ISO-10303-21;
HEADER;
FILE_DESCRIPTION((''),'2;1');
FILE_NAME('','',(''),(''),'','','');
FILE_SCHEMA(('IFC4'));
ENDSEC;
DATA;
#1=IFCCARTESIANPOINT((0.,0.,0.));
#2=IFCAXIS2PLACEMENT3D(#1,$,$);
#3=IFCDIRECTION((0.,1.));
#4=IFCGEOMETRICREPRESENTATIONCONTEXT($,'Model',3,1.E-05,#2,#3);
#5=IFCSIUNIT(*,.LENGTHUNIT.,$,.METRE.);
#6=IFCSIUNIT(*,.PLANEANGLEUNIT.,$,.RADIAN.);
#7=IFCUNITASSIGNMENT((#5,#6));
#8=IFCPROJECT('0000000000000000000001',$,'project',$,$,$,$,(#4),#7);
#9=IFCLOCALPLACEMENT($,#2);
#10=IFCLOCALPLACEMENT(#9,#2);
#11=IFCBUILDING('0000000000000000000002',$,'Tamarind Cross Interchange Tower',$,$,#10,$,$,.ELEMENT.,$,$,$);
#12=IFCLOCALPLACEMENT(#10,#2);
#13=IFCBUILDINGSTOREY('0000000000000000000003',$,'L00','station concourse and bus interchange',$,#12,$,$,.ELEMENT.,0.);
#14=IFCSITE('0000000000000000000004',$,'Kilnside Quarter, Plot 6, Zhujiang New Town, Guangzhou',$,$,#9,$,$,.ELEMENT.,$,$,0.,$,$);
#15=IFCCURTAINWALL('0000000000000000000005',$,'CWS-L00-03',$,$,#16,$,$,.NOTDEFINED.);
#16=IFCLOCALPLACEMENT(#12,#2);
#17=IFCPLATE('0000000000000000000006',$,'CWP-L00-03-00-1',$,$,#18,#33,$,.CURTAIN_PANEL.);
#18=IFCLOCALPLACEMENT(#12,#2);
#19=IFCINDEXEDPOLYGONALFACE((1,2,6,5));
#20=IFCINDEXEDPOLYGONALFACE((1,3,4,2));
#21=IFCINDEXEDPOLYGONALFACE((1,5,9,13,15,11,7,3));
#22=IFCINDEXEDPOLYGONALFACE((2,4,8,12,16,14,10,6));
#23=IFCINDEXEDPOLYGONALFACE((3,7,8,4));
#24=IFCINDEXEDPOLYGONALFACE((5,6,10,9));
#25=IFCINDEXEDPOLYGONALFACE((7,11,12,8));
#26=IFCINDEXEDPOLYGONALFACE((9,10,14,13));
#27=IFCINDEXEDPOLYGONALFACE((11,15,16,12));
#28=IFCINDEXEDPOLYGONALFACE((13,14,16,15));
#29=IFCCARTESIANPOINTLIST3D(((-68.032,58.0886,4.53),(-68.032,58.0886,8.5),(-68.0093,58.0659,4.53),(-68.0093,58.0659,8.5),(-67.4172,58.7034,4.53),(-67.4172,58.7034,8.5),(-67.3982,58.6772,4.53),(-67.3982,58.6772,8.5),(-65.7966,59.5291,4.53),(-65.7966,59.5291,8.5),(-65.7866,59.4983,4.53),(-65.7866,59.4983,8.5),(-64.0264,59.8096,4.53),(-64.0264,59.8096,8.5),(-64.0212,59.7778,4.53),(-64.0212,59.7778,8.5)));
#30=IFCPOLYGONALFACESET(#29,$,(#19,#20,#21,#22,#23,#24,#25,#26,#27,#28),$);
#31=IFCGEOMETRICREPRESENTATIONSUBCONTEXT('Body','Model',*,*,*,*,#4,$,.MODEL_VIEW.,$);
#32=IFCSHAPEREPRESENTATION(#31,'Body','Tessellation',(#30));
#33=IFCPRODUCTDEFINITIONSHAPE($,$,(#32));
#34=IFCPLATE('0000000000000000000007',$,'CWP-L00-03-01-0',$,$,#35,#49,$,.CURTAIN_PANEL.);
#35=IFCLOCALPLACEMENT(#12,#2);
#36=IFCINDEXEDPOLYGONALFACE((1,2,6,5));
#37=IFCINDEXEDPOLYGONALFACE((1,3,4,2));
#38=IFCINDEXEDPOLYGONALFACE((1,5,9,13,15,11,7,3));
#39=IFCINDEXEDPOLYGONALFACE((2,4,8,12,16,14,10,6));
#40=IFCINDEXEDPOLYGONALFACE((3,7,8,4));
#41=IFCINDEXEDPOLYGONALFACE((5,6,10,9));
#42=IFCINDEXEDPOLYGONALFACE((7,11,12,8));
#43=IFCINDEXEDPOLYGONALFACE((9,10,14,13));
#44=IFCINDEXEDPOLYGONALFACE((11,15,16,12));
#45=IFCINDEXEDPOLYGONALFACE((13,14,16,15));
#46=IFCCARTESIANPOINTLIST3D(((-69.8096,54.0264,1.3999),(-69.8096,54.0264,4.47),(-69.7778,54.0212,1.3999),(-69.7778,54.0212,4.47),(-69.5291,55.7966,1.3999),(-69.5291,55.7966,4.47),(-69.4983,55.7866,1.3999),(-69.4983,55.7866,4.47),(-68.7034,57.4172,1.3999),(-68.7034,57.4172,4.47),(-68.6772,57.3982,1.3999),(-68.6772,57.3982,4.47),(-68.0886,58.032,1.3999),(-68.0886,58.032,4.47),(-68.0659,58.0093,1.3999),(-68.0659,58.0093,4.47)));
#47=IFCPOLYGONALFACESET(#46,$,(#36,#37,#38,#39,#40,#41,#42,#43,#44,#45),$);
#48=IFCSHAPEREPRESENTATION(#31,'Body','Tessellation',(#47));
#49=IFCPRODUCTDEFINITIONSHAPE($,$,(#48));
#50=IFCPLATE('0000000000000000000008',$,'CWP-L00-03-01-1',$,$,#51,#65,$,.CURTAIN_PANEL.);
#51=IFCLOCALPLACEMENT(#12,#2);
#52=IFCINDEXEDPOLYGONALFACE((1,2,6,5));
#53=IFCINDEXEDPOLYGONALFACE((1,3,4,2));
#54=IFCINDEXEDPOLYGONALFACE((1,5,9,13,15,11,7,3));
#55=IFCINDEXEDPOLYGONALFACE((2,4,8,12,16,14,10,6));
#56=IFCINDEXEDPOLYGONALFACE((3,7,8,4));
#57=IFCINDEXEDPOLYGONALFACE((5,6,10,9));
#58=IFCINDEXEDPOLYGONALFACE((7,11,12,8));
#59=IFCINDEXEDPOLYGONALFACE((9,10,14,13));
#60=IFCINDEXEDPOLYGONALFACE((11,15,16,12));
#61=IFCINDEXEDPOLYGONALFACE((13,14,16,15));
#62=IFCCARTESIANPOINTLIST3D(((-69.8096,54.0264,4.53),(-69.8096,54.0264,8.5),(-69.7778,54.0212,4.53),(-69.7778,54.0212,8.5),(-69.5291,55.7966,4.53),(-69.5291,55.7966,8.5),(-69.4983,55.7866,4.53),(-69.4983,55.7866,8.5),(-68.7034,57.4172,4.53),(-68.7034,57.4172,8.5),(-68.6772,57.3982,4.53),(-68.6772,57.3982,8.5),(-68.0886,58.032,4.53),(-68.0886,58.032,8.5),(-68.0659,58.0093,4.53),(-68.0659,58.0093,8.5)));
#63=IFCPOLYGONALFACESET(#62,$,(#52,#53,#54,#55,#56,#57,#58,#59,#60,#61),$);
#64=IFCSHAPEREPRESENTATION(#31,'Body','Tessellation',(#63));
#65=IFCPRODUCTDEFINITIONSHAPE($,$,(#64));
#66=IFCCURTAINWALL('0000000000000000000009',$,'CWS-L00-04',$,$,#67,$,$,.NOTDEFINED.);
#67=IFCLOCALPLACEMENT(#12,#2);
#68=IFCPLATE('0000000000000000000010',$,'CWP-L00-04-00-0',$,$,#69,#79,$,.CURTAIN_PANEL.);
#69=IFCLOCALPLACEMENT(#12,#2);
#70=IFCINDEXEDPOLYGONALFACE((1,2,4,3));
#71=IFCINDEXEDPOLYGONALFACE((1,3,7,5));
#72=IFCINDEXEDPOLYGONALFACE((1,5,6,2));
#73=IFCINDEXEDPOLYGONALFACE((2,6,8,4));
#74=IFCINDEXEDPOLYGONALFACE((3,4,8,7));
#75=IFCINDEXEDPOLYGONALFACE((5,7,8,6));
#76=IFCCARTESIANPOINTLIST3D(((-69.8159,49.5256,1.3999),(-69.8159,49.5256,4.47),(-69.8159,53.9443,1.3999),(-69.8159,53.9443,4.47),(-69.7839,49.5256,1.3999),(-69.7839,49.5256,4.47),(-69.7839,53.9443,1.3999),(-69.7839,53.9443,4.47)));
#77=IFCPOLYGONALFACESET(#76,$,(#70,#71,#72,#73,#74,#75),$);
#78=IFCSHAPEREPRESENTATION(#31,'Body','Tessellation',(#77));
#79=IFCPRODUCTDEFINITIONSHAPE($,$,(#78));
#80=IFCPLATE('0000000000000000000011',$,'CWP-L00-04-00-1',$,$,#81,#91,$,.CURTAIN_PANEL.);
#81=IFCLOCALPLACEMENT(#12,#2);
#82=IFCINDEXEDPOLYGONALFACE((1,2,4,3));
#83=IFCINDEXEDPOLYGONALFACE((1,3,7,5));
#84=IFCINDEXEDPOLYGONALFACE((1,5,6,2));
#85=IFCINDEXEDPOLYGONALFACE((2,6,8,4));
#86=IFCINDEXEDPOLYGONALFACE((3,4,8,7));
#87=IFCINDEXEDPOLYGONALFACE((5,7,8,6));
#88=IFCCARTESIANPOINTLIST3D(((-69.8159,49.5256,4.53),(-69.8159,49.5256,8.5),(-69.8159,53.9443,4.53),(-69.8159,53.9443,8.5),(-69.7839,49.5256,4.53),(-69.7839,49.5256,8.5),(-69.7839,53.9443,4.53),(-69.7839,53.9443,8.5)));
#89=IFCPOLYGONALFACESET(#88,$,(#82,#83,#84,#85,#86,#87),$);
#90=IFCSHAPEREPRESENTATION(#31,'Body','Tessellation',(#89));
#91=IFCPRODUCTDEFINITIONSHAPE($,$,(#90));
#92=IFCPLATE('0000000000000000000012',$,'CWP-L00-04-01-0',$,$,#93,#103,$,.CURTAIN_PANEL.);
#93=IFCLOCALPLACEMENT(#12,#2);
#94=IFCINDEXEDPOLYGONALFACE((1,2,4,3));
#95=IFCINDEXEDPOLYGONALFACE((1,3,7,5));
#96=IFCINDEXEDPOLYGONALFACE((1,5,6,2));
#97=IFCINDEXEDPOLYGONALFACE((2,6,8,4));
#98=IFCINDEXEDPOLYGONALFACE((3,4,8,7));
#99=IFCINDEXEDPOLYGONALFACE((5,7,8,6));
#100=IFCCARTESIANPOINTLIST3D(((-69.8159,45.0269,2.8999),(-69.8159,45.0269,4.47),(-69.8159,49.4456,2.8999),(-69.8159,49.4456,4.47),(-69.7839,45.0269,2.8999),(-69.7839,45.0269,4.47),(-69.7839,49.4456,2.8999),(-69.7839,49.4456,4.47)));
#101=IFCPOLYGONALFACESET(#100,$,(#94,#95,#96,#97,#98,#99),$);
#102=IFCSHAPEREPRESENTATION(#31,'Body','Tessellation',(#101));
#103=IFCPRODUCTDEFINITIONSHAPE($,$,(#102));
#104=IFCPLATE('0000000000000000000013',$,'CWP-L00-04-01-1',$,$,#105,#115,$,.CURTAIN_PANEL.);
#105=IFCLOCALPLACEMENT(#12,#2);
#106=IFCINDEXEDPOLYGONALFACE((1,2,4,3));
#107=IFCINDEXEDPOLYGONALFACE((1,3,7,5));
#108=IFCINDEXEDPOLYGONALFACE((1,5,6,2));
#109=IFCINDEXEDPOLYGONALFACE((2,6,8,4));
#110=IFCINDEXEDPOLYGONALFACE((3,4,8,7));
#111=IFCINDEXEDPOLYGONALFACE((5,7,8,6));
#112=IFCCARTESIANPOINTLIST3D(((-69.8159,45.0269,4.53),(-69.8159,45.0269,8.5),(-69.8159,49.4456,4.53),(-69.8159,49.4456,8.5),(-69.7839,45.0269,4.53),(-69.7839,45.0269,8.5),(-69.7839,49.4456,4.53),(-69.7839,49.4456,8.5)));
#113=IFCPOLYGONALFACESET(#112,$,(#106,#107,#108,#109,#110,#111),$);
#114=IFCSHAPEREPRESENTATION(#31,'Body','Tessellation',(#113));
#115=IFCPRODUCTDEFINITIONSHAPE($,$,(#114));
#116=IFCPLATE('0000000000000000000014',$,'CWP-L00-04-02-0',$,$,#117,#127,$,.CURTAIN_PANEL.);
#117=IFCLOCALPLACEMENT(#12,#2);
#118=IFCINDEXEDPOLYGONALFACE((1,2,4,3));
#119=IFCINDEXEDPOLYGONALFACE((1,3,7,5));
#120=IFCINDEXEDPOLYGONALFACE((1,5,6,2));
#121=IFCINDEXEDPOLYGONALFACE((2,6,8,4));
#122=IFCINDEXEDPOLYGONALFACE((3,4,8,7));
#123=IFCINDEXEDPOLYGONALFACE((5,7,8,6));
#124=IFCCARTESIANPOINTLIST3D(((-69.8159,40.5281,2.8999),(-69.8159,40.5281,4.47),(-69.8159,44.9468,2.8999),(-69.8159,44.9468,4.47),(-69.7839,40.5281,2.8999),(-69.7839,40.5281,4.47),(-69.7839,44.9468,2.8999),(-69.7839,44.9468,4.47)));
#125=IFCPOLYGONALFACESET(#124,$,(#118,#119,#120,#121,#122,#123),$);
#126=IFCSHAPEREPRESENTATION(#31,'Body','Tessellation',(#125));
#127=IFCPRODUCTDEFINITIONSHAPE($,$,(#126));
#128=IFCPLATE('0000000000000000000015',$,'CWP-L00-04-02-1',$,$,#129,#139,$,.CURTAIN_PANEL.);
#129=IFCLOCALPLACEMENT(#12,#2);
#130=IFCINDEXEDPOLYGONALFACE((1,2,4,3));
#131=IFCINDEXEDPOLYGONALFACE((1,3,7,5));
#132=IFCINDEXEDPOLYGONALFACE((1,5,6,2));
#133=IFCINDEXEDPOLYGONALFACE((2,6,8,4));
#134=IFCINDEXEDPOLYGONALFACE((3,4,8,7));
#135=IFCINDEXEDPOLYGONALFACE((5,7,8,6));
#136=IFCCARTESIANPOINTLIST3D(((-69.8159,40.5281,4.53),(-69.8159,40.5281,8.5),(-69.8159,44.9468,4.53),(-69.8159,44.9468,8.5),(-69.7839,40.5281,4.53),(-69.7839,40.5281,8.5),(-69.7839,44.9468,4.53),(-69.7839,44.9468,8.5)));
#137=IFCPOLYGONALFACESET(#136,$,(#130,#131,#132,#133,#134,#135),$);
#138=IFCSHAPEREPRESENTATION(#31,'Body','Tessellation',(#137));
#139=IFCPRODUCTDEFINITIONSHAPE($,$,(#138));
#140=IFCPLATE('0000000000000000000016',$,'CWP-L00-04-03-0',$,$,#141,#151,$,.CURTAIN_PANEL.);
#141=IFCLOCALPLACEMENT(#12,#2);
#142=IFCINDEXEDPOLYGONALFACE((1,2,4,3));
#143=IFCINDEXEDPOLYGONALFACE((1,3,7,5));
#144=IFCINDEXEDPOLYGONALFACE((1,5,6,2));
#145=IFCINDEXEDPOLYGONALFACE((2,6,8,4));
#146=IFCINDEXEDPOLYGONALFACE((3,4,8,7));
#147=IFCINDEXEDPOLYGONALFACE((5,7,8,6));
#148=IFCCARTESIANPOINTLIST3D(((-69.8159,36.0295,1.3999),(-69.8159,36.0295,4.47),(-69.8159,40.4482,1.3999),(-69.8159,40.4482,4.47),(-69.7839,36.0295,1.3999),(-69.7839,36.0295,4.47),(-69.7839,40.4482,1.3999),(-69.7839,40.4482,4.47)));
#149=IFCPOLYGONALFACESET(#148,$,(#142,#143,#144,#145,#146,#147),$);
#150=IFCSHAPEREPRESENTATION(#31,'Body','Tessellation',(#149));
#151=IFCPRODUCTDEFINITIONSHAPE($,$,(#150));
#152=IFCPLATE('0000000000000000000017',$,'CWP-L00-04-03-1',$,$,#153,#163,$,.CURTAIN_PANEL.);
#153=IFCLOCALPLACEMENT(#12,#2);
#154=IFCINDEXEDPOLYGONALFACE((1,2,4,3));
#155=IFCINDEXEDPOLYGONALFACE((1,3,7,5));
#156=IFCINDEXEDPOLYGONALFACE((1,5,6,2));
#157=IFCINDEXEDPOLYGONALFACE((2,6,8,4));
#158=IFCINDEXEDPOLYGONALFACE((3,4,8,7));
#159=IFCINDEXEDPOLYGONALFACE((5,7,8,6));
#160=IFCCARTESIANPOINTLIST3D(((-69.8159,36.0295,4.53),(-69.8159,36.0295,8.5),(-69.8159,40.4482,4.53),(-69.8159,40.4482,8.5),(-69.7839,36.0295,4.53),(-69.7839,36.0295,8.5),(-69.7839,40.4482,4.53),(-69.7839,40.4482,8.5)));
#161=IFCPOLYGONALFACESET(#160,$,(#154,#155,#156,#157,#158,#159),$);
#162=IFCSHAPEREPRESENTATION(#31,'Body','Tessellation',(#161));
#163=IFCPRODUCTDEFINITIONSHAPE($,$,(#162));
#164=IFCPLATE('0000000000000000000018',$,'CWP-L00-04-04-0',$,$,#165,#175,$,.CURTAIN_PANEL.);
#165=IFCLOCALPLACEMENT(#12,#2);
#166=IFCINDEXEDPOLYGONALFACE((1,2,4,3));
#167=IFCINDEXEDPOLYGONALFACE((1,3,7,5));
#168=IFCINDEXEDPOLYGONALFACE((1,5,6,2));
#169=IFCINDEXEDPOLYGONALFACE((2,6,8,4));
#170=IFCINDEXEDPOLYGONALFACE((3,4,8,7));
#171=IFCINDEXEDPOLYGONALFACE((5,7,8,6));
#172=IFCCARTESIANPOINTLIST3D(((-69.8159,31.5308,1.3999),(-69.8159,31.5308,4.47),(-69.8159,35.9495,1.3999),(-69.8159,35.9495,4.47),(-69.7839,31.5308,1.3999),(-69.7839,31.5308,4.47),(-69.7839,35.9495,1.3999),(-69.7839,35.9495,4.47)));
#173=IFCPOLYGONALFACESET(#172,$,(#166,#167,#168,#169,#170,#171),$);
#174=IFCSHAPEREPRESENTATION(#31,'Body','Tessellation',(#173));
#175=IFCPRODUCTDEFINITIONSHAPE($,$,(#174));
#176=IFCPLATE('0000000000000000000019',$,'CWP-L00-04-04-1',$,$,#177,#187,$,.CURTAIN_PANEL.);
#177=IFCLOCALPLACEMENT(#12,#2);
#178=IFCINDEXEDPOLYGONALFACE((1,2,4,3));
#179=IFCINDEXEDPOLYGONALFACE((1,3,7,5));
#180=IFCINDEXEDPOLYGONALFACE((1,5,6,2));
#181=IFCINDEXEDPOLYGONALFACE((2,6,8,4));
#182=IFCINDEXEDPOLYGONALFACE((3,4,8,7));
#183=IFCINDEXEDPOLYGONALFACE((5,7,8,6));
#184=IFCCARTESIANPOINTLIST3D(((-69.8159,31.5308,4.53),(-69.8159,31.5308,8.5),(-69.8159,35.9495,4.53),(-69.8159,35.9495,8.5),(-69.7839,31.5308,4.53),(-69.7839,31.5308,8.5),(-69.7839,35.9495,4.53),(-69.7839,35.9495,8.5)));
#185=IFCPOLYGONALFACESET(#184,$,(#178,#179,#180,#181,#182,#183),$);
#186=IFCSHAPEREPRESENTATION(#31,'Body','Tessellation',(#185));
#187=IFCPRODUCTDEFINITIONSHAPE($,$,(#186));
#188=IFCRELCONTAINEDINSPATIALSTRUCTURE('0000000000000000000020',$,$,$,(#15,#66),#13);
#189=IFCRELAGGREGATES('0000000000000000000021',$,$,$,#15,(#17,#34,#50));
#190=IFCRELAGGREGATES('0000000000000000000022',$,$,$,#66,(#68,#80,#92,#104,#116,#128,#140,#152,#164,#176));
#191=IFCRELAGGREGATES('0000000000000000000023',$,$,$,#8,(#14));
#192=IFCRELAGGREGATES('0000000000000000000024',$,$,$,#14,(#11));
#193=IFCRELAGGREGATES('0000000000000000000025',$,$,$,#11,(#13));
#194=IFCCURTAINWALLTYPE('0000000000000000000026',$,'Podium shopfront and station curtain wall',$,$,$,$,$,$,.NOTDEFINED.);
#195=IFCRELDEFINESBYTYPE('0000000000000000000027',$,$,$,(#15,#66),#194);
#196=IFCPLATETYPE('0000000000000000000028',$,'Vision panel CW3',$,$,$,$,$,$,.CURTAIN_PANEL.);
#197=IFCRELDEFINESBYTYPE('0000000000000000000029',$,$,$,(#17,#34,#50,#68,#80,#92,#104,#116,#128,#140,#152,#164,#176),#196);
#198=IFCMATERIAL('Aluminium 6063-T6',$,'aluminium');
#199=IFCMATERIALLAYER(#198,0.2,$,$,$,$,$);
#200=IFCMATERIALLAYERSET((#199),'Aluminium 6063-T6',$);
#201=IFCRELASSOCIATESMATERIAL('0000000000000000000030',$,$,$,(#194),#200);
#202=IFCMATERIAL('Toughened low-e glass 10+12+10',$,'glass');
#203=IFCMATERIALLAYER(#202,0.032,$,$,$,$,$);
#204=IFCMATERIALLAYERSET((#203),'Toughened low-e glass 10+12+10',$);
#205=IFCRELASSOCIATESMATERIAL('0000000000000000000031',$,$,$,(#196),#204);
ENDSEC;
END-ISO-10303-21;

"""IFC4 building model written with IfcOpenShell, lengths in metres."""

from ifc_helpers import new_model, si_unit, direction, frame, origin, place, context, subcontext, project, spatial, polyline, outline, extrude, material, layer, layer_set, type_object, element, aggregate, save


model = new_model("IFC4")

# Units and contexts
model_context = context("Model", 3, precision=1e-05, world=origin(), true_north=direction((0.0, 1.0)))
body_context = subcontext(model_context, "Body", "Model", "MODEL_VIEW")
ifc_project = project(units=[si_unit("LENGTHUNIT", "METRE"), si_unit("PLANEANGLEUNIT", "RADIAN")], contexts=[model_context])

# Site, building, storey
site_placement = place(None, origin())
site = spatial("IfcSite", under=ifc_project, at=site_placement, Name="Kilnside Quarter, Plot 6, Zhujiang New Town, Guangzhou", CompositionType="ELEMENT", RefElevation=0.0)
building_placement = place(site_placement, origin())
building = spatial("IfcBuilding", under=site, at=building_placement, Name="Tamarind Cross Interchange Tower", CompositionType="ELEMENT")
storey_placement = place(building_placement, origin())
storey = spatial("IfcBuildingStorey", under=building, at=storey_placement, Name="L00", Description="station concourse and bus interchange", CompositionType="ELEMENT", Elevation=0.0)

# Shared definitions
ifc_material_1 = material(Name="Aluminium 6063-T6", Category="aluminium")
ifc_layer_1 = layer(ifc_material_1, 0.2)
ifc_layer_set_1 = layer_set([ifc_layer_1], Name="Aluminium 6063-T6")
curtain_wall_type = type_object("IfcCurtainWallType", Name="Podium shopfront and station curtain wall", PredefinedType="NOTDEFINED", material=ifc_layer_set_1)

# Curtain wall
curtain_wall_1_placement = place(storey_placement, origin())
curtain_wall_1 = element("IfcCurtainWall", 1, at=curtain_wall_1_placement, inside=storey, type_object=curtain_wall_type, Name="CWS-L00-03", PredefinedType="NOTDEFINED")

# Plates
ifc_material_2 = material(Name="Toughened low-e glass 10+12+10", Category="glass")
ifc_layer_2 = layer(ifc_material_2, 0.032)
ifc_layer_set_2 = layer_set([ifc_layer_2], Name="Toughened low-e glass 10+12+10")
plate_type = type_object("IfcPlateType", Name="Vision panel CW3", PredefinedType="CURTAIN_PANEL", material=ifc_layer_set_2)
plate_1_placement = place(storey_placement, frame((0.0, 0.0, 4.53)))
plate_1 = element("IfcPlate", 2, at=plate_1_placement, type_object=plate_type, Name="CWP-L00-03-00-1", PredefinedType="CURTAIN_PANEL", context=body_context, shape_type="SweptSolid", body=[
    extrude(outline(polyline([(-64.0212, 59.7778), (-65.7866, 59.4983), (-67.3982, 58.6772), (-68.0093, 58.0659), (-68.032, 58.0886), (-67.4172, 58.7034), (-65.7966, 59.5291), (-64.0264, 59.8096), (-64.0212, 59.7778)])), origin(), (0.0, 0.0, 1.0), 3.97),
])
plate_2_placement = place(storey_placement, frame((0.0, 0.0, 1.3999)))
plate_2 = element("IfcPlate", 3, at=plate_2_placement, type_object=plate_type, Name="CWP-L00-03-01-0", PredefinedType="CURTAIN_PANEL", context=body_context, shape_type="SweptSolid", body=[
    extrude(outline(polyline([(-68.0659, 58.0093), (-68.6772, 57.3982), (-69.4983, 55.7866), (-69.7778, 54.0212), (-69.8096, 54.0264), (-69.5291, 55.7966), (-68.7034, 57.4172), (-68.0886, 58.032), (-68.0659, 58.0093)])), origin(), (0.0, 0.0, 1.0), 3.0701),
])
plate_3_placement = place(storey_placement, frame((0.0, 0.0, 4.53)))
plate_3 = element("IfcPlate", 4, at=plate_3_placement, type_object=plate_type, Name="CWP-L00-03-01-1", PredefinedType="CURTAIN_PANEL", context=body_context, shape_type="SweptSolid", body=[
    extrude(outline(polyline([(-68.0659, 58.0093), (-68.6772, 57.3982), (-69.4983, 55.7866), (-69.7778, 54.0212), (-69.8096, 54.0264), (-69.5291, 55.7966), (-68.7034, 57.4172), (-68.0886, 58.032), (-68.0659, 58.0093)])), origin(), (0.0, 0.0, 1.0), 3.97),
])
aggregate(curtain_wall_1, [plate_1, plate_2, plate_3])

# Curtain wall, plates
curtain_wall_2_placement = place(storey_placement, origin())
curtain_wall_2 = element("IfcCurtainWall", 5, at=curtain_wall_2_placement, inside=storey, type_object=curtain_wall_type, Name="CWS-L00-04", PredefinedType="NOTDEFINED")
plate_4_placement = place(storey_placement, frame((0.0, 0.0, 1.3999)))
plate_4 = element("IfcPlate", 6, at=plate_4_placement, type_object=plate_type, Name="CWP-L00-04-00-0", PredefinedType="CURTAIN_PANEL", context=body_context, shape_type="SweptSolid", body=[
    extrude(outline(polyline([(-69.7839, 53.9443), (-69.7839, 49.5256), (-69.8159, 49.5256), (-69.8159, 53.9443), (-69.7839, 53.9443)])), origin(), (0.0, 0.0, 1.0), 3.0701),
])
plate_5_placement = place(storey_placement, frame((0.0, 0.0, 4.53)))
plate_5 = element("IfcPlate", 7, at=plate_5_placement, type_object=plate_type, Name="CWP-L00-04-00-1", PredefinedType="CURTAIN_PANEL", context=body_context, shape_type="SweptSolid", body=[
    extrude(outline(polyline([(-69.7839, 53.9443), (-69.7839, 49.5256), (-69.8159, 49.5256), (-69.8159, 53.9443), (-69.7839, 53.9443)])), origin(), (0.0, 0.0, 1.0), 3.97),
])
plate_6_placement = place(storey_placement, frame((0.0, 0.0, 2.8999)))
plate_6 = element("IfcPlate", 8, at=plate_6_placement, type_object=plate_type, Name="CWP-L00-04-01-0", PredefinedType="CURTAIN_PANEL", context=body_context, shape_type="SweptSolid", body=[
    extrude(outline(polyline([(-69.7839, 49.4456), (-69.7839, 45.0269), (-69.8159, 45.0269), (-69.8159, 49.4456), (-69.7839, 49.4456)])), origin(), (0.0, 0.0, 1.0), 1.5701),
])
plate_7_placement = place(storey_placement, frame((0.0, 0.0, 4.53)))
plate_7 = element("IfcPlate", 9, at=plate_7_placement, type_object=plate_type, Name="CWP-L00-04-01-1", PredefinedType="CURTAIN_PANEL", context=body_context, shape_type="SweptSolid", body=[
    extrude(outline(polyline([(-69.7839, 49.4456), (-69.7839, 45.0269), (-69.8159, 45.0269), (-69.8159, 49.4456), (-69.7839, 49.4456)])), origin(), (0.0, 0.0, 1.0), 3.97),
])
plate_8_placement = place(storey_placement, frame((0.0, 0.0, 2.8999)))
plate_8 = element("IfcPlate", 10, at=plate_8_placement, type_object=plate_type, Name="CWP-L00-04-02-0", PredefinedType="CURTAIN_PANEL", context=body_context, shape_type="SweptSolid", body=[
    extrude(outline(polyline([(-69.7839, 44.9468), (-69.7839, 40.5281), (-69.8159, 40.5281), (-69.8159, 44.9468), (-69.7839, 44.9468)])), origin(), (0.0, 0.0, 1.0), 1.5701),
])
plate_9_placement = place(storey_placement, frame((0.0, 0.0, 4.53)))
plate_9 = element("IfcPlate", 11, at=plate_9_placement, type_object=plate_type, Name="CWP-L00-04-02-1", PredefinedType="CURTAIN_PANEL", context=body_context, shape_type="SweptSolid", body=[
    extrude(outline(polyline([(-69.7839, 44.9468), (-69.7839, 40.5281), (-69.8159, 40.5281), (-69.8159, 44.9468), (-69.7839, 44.9468)])), origin(), (0.0, 0.0, 1.0), 3.97),
])
plate_10_placement = place(storey_placement, frame((0.0, 0.0, 1.3999)))
plate_10 = element("IfcPlate", 12, at=plate_10_placement, type_object=plate_type, Name="CWP-L00-04-03-0", PredefinedType="CURTAIN_PANEL", context=body_context, shape_type="SweptSolid", body=[
    extrude(outline(polyline([(-69.7839, 40.4482), (-69.7839, 36.0295), (-69.8159, 36.0295), (-69.8159, 40.4482), (-69.7839, 40.4482)])), origin(), (0.0, 0.0, 1.0), 3.0701),
])
plate_11_placement = place(storey_placement, frame((0.0, 0.0, 4.53)))
plate_11 = element("IfcPlate", 13, at=plate_11_placement, type_object=plate_type, Name="CWP-L00-04-03-1", PredefinedType="CURTAIN_PANEL", context=body_context, shape_type="SweptSolid", body=[
    extrude(outline(polyline([(-69.7839, 40.4482), (-69.7839, 36.0295), (-69.8159, 36.0295), (-69.8159, 40.4482), (-69.7839, 40.4482)])), origin(), (0.0, 0.0, 1.0), 3.97),
])
plate_12_placement = place(storey_placement, frame((0.0, 0.0, 1.3999)))
plate_12 = element("IfcPlate", 14, at=plate_12_placement, type_object=plate_type, Name="CWP-L00-04-04-0", PredefinedType="CURTAIN_PANEL", context=body_context, shape_type="SweptSolid", body=[
    extrude(outline(polyline([(-69.7839, 35.9495), (-69.7839, 31.5308), (-69.8159, 31.5308), (-69.8159, 35.9495), (-69.7839, 35.9495)])), origin(), (0.0, 0.0, 1.0), 3.0701),
])
plate_13_placement = place(storey_placement, frame((0.0, 0.0, 4.53)))
plate_13 = element("IfcPlate", 15, at=plate_13_placement, type_object=plate_type, Name="CWP-L00-04-04-1", PredefinedType="CURTAIN_PANEL", context=body_context, shape_type="SweptSolid", body=[
    extrude(outline(polyline([(-69.7839, 35.9495), (-69.7839, 31.5308), (-69.8159, 31.5308), (-69.8159, 35.9495), (-69.7839, 35.9495)])), origin(), (0.0, 0.0, 1.0), 3.97),
])
aggregate(curtain_wall_2, [plate_4, plate_5, plate_6, plate_7, plate_8, plate_9, plate_10, plate_11, plate_12, plate_13])

save(model, "model.ifc")
